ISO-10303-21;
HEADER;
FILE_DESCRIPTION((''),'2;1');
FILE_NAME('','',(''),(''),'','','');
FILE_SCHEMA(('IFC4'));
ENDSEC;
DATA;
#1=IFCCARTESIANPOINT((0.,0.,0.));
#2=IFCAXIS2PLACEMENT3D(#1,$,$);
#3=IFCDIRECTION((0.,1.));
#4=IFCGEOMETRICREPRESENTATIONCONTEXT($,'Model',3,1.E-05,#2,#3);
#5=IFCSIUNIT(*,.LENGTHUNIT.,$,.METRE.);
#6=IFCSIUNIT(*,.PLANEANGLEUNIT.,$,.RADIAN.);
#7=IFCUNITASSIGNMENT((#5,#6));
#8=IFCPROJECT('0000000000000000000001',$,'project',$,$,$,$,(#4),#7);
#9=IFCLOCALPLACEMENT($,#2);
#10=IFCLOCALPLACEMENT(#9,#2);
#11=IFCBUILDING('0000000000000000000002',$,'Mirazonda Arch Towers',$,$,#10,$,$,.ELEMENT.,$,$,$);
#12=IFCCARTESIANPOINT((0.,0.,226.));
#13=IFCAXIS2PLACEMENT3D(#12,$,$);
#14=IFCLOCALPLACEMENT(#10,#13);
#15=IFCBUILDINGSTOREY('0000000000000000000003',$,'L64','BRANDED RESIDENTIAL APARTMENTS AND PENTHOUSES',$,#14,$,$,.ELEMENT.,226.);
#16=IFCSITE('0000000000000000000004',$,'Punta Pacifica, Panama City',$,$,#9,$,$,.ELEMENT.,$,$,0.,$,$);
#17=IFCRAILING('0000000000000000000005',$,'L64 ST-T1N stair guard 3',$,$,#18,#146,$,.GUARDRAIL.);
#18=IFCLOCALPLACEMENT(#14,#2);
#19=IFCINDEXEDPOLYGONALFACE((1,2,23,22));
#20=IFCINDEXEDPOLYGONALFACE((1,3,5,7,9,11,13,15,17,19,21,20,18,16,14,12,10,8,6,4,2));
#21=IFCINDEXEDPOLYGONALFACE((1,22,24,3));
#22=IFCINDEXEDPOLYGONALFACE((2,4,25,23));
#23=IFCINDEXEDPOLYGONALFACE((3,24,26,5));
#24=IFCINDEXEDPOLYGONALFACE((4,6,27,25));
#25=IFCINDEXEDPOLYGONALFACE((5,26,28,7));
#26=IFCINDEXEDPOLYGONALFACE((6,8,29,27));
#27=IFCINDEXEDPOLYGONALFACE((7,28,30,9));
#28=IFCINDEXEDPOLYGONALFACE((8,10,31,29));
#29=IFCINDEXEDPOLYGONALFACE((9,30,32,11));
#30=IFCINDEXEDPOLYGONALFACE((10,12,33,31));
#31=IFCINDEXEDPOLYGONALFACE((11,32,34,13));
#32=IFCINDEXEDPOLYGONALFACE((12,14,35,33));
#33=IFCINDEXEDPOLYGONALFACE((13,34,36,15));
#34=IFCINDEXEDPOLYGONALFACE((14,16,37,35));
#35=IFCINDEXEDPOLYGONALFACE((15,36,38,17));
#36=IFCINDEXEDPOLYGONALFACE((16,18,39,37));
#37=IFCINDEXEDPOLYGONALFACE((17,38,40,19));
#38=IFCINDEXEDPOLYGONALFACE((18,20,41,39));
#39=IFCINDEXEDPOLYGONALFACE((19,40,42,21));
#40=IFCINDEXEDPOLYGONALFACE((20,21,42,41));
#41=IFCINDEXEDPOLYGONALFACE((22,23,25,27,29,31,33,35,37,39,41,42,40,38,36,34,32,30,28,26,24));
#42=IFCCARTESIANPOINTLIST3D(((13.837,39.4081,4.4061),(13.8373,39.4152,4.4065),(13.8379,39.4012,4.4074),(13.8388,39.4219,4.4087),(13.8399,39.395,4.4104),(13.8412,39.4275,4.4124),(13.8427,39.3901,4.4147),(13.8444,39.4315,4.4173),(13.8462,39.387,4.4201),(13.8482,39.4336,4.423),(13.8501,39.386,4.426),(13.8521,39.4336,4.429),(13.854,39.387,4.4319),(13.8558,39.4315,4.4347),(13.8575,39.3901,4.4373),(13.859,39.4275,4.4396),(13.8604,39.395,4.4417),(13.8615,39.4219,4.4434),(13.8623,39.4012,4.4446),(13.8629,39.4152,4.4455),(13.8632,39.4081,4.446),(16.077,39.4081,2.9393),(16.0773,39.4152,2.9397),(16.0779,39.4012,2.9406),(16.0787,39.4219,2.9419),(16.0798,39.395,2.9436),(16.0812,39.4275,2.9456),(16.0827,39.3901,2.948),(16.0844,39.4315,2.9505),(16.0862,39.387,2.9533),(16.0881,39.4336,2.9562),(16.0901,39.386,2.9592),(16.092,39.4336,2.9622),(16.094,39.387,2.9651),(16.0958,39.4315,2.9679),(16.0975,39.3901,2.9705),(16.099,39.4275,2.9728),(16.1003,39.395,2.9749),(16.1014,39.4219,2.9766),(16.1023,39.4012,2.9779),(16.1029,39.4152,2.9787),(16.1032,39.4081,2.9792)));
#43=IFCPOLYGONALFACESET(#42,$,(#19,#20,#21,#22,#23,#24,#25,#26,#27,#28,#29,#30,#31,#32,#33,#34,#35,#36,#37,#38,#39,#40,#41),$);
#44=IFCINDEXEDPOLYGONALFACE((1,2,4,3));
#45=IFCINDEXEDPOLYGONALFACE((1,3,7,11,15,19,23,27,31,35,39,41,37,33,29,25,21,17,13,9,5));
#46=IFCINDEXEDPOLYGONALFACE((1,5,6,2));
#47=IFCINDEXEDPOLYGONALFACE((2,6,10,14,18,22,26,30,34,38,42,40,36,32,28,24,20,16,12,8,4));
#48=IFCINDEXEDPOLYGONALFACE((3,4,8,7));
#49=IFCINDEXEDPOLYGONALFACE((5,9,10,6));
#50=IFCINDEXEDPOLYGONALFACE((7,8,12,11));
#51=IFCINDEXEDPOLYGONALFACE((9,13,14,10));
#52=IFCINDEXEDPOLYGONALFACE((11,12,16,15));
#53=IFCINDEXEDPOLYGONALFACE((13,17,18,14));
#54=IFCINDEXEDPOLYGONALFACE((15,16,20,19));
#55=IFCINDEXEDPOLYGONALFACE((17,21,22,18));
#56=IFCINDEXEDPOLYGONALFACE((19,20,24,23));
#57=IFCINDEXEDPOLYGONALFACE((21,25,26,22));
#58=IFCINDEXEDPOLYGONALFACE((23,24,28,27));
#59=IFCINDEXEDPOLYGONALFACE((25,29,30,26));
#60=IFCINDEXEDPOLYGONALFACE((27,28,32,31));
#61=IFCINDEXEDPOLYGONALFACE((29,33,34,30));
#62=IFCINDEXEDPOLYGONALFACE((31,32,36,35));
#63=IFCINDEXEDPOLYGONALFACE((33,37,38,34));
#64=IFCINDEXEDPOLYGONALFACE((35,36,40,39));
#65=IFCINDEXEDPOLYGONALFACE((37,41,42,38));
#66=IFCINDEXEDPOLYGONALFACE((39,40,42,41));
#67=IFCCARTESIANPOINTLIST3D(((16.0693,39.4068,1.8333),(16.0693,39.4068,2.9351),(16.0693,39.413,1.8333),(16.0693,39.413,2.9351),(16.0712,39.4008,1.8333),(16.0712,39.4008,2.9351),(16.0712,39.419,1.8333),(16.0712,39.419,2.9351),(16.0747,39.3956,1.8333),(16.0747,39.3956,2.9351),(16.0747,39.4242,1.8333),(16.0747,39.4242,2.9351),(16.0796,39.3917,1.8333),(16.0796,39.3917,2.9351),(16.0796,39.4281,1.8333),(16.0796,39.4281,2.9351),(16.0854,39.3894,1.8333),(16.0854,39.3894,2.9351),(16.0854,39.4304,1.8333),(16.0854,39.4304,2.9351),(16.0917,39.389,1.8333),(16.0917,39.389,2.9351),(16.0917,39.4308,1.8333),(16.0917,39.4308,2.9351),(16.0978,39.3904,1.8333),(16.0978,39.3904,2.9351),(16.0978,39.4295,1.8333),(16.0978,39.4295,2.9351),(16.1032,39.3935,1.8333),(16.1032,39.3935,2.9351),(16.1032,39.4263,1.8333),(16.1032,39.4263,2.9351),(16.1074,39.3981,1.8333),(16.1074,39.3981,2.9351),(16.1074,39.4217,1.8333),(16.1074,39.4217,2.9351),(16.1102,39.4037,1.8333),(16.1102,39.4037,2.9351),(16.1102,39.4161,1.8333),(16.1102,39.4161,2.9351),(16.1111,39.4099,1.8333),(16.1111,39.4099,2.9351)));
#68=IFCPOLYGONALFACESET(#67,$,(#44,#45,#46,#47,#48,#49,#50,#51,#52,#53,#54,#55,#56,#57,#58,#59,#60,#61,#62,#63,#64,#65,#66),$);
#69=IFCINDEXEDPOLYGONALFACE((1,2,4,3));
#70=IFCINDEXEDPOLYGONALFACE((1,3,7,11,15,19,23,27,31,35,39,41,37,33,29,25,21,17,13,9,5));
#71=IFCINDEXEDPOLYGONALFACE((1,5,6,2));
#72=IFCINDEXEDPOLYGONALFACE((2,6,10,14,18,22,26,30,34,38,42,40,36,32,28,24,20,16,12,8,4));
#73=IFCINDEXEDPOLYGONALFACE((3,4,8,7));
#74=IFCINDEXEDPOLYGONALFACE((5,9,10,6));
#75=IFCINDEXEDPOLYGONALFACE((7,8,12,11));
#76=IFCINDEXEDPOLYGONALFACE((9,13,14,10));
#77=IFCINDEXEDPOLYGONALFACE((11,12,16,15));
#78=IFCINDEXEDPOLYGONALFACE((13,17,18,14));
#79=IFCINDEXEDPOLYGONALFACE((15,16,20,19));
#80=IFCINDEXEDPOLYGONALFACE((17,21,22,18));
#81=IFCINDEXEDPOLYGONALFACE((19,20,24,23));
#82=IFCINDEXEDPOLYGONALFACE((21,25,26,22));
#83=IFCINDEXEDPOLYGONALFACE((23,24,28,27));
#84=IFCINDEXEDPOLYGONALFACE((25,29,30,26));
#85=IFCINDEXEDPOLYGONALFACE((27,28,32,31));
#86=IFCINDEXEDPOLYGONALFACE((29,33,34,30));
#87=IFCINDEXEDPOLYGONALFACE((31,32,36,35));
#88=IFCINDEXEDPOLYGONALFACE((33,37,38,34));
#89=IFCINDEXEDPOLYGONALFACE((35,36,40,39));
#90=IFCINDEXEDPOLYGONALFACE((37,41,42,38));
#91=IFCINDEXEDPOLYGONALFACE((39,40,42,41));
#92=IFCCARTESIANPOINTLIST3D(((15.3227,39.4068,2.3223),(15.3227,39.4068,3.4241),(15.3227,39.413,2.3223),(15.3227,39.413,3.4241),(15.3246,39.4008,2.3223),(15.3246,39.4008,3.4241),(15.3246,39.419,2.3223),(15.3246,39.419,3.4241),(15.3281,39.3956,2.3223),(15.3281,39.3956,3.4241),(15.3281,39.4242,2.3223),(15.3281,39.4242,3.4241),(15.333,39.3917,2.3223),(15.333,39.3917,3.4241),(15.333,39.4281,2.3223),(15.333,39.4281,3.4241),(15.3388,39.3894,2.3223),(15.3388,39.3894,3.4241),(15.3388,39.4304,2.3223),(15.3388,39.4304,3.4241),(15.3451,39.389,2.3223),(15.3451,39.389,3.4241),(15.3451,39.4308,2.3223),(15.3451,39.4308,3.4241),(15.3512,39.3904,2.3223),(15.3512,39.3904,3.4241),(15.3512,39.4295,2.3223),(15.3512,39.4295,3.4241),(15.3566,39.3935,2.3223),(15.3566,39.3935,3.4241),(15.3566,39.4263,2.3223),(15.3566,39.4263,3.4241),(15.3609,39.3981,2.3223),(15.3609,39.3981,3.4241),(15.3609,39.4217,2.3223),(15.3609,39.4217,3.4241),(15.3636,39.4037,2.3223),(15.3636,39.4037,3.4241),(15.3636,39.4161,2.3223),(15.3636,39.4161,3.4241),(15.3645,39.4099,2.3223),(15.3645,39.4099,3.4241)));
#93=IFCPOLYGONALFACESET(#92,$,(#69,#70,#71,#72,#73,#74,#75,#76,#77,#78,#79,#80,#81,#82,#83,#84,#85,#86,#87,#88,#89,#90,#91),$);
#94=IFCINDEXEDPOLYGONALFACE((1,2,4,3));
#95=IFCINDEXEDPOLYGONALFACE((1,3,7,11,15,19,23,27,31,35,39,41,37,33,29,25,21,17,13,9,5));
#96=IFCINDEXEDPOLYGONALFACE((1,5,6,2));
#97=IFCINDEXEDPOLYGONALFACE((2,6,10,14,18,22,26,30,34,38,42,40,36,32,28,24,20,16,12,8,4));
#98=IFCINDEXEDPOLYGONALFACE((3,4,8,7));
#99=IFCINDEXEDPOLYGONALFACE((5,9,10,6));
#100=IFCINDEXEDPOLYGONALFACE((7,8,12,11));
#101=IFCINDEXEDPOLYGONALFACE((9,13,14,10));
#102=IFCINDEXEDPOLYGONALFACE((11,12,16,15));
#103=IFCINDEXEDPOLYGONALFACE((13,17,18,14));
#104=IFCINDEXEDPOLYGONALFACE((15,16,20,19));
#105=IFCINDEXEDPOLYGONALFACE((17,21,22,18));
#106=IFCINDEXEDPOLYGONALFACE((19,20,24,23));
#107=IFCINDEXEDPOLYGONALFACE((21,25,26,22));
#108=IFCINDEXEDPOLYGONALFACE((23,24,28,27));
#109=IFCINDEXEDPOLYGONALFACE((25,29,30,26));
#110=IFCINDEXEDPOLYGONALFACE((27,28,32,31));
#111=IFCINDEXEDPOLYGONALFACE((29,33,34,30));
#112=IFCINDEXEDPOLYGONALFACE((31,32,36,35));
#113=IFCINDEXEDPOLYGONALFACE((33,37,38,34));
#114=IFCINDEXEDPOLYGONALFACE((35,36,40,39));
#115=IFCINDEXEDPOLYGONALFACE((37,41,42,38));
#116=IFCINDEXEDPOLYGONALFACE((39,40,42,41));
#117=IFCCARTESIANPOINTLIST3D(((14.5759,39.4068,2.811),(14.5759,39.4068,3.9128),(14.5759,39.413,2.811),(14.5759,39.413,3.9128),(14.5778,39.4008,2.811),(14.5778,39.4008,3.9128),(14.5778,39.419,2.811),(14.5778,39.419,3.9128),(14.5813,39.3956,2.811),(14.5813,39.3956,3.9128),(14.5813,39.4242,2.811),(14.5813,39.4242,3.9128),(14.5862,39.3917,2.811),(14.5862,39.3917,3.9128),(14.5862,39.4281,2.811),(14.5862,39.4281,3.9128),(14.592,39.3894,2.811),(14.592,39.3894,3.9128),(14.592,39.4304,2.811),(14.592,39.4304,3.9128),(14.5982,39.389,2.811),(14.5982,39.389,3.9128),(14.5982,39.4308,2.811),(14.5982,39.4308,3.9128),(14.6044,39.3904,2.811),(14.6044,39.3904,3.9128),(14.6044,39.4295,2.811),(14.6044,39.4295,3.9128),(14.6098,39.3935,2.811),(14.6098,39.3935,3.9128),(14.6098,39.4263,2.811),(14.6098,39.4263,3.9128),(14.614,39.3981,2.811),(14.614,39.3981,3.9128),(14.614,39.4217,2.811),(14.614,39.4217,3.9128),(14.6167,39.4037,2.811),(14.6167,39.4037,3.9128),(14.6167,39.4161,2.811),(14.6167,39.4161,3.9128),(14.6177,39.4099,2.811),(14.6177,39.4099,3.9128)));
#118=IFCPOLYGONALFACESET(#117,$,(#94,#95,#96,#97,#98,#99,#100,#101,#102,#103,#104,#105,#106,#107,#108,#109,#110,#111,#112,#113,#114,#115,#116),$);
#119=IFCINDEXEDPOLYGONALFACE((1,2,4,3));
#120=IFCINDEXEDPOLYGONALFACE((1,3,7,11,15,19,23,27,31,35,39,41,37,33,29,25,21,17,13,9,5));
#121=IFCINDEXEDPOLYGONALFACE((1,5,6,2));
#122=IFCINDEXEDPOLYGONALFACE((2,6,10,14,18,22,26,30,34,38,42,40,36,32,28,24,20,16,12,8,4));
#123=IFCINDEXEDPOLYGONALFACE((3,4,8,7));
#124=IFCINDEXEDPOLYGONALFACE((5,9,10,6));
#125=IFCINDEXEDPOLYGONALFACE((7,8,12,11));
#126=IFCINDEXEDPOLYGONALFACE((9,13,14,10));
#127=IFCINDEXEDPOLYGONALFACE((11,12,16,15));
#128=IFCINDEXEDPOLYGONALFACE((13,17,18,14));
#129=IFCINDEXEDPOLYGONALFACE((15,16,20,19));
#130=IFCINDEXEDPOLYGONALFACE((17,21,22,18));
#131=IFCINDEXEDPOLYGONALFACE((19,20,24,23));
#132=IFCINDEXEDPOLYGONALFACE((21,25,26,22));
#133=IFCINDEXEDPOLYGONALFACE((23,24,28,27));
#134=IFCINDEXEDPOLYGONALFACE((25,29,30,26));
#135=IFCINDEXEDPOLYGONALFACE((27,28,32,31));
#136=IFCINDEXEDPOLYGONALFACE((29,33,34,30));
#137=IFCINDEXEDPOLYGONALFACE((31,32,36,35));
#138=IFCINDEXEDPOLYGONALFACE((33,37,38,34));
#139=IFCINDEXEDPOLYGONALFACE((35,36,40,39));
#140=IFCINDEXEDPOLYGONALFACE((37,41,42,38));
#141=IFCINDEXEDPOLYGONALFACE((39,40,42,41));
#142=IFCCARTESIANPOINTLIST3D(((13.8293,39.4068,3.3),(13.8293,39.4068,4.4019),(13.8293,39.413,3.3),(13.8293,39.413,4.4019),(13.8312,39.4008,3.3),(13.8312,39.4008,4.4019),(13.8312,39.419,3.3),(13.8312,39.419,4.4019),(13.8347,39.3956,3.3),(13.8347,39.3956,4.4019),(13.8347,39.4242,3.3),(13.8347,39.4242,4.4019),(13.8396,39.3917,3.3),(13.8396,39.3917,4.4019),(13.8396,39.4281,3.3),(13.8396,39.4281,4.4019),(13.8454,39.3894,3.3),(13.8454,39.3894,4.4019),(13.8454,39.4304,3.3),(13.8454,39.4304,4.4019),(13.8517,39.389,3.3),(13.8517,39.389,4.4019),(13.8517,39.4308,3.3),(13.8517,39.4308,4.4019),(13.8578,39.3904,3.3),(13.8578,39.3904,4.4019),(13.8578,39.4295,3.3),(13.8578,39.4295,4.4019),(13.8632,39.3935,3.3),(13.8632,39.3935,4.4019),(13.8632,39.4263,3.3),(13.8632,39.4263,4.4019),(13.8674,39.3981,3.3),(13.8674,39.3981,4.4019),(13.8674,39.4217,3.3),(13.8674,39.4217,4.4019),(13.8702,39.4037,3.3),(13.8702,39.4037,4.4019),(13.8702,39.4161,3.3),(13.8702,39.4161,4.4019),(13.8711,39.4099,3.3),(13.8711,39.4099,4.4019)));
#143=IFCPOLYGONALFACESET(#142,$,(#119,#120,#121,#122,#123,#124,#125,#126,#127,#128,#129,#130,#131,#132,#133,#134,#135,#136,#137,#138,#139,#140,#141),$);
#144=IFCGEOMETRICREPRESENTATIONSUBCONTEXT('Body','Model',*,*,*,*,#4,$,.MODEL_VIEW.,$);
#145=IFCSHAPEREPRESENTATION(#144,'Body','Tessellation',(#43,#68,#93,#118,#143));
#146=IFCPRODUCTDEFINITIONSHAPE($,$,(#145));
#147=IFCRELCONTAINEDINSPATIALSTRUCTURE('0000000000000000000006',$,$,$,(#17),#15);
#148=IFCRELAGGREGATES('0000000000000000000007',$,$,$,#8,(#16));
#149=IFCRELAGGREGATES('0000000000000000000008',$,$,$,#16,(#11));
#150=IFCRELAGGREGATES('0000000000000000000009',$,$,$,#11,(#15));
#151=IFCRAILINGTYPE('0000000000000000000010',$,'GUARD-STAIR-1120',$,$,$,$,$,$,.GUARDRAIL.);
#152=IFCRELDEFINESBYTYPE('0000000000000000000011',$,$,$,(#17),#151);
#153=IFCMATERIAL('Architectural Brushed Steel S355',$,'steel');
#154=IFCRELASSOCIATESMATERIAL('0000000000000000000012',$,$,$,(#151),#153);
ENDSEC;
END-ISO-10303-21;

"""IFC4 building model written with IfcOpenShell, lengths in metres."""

from ifc_helpers import new_model, si_unit, direction, frame, origin, origin_2d, place, context, subcontext, project, spatial, circle, extrude, material, type_object, element, save


model = new_model("IFC4")

# Units and contexts
model_context = context("Model", 3, precision=1e-05, world=origin(), true_north=direction((0.0, 1.0)))
body_context = subcontext(model_context, "Body", "Model", "MODEL_VIEW")
ifc_project = project(units=[si_unit("LENGTHUNIT", "METRE"), si_unit("PLANEANGLEUNIT", "RADIAN")], contexts=[model_context])

# Site, building, storey
site_placement = place(None, origin())
site = spatial("IfcSite", under=ifc_project, at=site_placement, Name="Punta Pacifica, Panama City", CompositionType="ELEMENT", RefElevation=0.0)
building_placement = place(site_placement, origin())
building = spatial("IfcBuilding", under=site, at=building_placement, Name="Mirazonda Arch Towers", CompositionType="ELEMENT")
storey_placement = place(building_placement, frame((0.0, 0.0, 226.0)))
storey = spatial("IfcBuildingStorey", under=building, at=storey_placement, Name="L64", Description="BRANDED RESIDENTIAL APARTMENTS AND PENTHOUSES", CompositionType="ELEMENT", Elevation=226.0)

# Shared definitions
ifc_material_1 = material(Name="Architectural Brushed Steel S355", Category="steel")

# Railing
railing_type_1 = type_object("IfcRailingType", Name="GUARD-STAIR-1120", PredefinedType="GUARDRAIL", material=ifc_material_1)
railing_1_placement = place(storey_placement, frame((16.0901, 39.4099, 1.8333)))
element("IfcRailing", 1, at=railing_1_placement, inside=storey, type_object=railing_type_1, Name="L64 ST-T1N stair guard 3", PredefinedType="GUARDRAIL", context=body_context, shape_type="SweptSolid", body=[
    extrude(circle(Radius=0.0239, at=origin_2d()), frame((0.0, 0.0, 1.126), z_axis=(-0.836595, 0.0, 0.547822), x_axis=(0.0, -1.0, 0.0)), (0.0, 0.0, 1.0), 2.6775),
    extrude(circle(Radius=0.021, at=origin_2d()), origin(), (0.0, 0.0, 1.0), 1.1018),
    extrude(circle(Radius=0.021, at=origin_2d()), frame((-0.7466, 0.0, 0.489)), (0.0, 0.0, 1.0), 1.1018),
    extrude(circle(Radius=0.021, at=origin_2d()), frame((-1.4934, 0.0, 0.9778)), (0.0, 0.0, 1.0), 1.1018),
    extrude(circle(Radius=0.021, at=origin_2d()), frame((-2.24, 0.0, 1.4668)), (0.0, 0.0, 1.0), 1.1018),
])

save(model, "model.ifc")
